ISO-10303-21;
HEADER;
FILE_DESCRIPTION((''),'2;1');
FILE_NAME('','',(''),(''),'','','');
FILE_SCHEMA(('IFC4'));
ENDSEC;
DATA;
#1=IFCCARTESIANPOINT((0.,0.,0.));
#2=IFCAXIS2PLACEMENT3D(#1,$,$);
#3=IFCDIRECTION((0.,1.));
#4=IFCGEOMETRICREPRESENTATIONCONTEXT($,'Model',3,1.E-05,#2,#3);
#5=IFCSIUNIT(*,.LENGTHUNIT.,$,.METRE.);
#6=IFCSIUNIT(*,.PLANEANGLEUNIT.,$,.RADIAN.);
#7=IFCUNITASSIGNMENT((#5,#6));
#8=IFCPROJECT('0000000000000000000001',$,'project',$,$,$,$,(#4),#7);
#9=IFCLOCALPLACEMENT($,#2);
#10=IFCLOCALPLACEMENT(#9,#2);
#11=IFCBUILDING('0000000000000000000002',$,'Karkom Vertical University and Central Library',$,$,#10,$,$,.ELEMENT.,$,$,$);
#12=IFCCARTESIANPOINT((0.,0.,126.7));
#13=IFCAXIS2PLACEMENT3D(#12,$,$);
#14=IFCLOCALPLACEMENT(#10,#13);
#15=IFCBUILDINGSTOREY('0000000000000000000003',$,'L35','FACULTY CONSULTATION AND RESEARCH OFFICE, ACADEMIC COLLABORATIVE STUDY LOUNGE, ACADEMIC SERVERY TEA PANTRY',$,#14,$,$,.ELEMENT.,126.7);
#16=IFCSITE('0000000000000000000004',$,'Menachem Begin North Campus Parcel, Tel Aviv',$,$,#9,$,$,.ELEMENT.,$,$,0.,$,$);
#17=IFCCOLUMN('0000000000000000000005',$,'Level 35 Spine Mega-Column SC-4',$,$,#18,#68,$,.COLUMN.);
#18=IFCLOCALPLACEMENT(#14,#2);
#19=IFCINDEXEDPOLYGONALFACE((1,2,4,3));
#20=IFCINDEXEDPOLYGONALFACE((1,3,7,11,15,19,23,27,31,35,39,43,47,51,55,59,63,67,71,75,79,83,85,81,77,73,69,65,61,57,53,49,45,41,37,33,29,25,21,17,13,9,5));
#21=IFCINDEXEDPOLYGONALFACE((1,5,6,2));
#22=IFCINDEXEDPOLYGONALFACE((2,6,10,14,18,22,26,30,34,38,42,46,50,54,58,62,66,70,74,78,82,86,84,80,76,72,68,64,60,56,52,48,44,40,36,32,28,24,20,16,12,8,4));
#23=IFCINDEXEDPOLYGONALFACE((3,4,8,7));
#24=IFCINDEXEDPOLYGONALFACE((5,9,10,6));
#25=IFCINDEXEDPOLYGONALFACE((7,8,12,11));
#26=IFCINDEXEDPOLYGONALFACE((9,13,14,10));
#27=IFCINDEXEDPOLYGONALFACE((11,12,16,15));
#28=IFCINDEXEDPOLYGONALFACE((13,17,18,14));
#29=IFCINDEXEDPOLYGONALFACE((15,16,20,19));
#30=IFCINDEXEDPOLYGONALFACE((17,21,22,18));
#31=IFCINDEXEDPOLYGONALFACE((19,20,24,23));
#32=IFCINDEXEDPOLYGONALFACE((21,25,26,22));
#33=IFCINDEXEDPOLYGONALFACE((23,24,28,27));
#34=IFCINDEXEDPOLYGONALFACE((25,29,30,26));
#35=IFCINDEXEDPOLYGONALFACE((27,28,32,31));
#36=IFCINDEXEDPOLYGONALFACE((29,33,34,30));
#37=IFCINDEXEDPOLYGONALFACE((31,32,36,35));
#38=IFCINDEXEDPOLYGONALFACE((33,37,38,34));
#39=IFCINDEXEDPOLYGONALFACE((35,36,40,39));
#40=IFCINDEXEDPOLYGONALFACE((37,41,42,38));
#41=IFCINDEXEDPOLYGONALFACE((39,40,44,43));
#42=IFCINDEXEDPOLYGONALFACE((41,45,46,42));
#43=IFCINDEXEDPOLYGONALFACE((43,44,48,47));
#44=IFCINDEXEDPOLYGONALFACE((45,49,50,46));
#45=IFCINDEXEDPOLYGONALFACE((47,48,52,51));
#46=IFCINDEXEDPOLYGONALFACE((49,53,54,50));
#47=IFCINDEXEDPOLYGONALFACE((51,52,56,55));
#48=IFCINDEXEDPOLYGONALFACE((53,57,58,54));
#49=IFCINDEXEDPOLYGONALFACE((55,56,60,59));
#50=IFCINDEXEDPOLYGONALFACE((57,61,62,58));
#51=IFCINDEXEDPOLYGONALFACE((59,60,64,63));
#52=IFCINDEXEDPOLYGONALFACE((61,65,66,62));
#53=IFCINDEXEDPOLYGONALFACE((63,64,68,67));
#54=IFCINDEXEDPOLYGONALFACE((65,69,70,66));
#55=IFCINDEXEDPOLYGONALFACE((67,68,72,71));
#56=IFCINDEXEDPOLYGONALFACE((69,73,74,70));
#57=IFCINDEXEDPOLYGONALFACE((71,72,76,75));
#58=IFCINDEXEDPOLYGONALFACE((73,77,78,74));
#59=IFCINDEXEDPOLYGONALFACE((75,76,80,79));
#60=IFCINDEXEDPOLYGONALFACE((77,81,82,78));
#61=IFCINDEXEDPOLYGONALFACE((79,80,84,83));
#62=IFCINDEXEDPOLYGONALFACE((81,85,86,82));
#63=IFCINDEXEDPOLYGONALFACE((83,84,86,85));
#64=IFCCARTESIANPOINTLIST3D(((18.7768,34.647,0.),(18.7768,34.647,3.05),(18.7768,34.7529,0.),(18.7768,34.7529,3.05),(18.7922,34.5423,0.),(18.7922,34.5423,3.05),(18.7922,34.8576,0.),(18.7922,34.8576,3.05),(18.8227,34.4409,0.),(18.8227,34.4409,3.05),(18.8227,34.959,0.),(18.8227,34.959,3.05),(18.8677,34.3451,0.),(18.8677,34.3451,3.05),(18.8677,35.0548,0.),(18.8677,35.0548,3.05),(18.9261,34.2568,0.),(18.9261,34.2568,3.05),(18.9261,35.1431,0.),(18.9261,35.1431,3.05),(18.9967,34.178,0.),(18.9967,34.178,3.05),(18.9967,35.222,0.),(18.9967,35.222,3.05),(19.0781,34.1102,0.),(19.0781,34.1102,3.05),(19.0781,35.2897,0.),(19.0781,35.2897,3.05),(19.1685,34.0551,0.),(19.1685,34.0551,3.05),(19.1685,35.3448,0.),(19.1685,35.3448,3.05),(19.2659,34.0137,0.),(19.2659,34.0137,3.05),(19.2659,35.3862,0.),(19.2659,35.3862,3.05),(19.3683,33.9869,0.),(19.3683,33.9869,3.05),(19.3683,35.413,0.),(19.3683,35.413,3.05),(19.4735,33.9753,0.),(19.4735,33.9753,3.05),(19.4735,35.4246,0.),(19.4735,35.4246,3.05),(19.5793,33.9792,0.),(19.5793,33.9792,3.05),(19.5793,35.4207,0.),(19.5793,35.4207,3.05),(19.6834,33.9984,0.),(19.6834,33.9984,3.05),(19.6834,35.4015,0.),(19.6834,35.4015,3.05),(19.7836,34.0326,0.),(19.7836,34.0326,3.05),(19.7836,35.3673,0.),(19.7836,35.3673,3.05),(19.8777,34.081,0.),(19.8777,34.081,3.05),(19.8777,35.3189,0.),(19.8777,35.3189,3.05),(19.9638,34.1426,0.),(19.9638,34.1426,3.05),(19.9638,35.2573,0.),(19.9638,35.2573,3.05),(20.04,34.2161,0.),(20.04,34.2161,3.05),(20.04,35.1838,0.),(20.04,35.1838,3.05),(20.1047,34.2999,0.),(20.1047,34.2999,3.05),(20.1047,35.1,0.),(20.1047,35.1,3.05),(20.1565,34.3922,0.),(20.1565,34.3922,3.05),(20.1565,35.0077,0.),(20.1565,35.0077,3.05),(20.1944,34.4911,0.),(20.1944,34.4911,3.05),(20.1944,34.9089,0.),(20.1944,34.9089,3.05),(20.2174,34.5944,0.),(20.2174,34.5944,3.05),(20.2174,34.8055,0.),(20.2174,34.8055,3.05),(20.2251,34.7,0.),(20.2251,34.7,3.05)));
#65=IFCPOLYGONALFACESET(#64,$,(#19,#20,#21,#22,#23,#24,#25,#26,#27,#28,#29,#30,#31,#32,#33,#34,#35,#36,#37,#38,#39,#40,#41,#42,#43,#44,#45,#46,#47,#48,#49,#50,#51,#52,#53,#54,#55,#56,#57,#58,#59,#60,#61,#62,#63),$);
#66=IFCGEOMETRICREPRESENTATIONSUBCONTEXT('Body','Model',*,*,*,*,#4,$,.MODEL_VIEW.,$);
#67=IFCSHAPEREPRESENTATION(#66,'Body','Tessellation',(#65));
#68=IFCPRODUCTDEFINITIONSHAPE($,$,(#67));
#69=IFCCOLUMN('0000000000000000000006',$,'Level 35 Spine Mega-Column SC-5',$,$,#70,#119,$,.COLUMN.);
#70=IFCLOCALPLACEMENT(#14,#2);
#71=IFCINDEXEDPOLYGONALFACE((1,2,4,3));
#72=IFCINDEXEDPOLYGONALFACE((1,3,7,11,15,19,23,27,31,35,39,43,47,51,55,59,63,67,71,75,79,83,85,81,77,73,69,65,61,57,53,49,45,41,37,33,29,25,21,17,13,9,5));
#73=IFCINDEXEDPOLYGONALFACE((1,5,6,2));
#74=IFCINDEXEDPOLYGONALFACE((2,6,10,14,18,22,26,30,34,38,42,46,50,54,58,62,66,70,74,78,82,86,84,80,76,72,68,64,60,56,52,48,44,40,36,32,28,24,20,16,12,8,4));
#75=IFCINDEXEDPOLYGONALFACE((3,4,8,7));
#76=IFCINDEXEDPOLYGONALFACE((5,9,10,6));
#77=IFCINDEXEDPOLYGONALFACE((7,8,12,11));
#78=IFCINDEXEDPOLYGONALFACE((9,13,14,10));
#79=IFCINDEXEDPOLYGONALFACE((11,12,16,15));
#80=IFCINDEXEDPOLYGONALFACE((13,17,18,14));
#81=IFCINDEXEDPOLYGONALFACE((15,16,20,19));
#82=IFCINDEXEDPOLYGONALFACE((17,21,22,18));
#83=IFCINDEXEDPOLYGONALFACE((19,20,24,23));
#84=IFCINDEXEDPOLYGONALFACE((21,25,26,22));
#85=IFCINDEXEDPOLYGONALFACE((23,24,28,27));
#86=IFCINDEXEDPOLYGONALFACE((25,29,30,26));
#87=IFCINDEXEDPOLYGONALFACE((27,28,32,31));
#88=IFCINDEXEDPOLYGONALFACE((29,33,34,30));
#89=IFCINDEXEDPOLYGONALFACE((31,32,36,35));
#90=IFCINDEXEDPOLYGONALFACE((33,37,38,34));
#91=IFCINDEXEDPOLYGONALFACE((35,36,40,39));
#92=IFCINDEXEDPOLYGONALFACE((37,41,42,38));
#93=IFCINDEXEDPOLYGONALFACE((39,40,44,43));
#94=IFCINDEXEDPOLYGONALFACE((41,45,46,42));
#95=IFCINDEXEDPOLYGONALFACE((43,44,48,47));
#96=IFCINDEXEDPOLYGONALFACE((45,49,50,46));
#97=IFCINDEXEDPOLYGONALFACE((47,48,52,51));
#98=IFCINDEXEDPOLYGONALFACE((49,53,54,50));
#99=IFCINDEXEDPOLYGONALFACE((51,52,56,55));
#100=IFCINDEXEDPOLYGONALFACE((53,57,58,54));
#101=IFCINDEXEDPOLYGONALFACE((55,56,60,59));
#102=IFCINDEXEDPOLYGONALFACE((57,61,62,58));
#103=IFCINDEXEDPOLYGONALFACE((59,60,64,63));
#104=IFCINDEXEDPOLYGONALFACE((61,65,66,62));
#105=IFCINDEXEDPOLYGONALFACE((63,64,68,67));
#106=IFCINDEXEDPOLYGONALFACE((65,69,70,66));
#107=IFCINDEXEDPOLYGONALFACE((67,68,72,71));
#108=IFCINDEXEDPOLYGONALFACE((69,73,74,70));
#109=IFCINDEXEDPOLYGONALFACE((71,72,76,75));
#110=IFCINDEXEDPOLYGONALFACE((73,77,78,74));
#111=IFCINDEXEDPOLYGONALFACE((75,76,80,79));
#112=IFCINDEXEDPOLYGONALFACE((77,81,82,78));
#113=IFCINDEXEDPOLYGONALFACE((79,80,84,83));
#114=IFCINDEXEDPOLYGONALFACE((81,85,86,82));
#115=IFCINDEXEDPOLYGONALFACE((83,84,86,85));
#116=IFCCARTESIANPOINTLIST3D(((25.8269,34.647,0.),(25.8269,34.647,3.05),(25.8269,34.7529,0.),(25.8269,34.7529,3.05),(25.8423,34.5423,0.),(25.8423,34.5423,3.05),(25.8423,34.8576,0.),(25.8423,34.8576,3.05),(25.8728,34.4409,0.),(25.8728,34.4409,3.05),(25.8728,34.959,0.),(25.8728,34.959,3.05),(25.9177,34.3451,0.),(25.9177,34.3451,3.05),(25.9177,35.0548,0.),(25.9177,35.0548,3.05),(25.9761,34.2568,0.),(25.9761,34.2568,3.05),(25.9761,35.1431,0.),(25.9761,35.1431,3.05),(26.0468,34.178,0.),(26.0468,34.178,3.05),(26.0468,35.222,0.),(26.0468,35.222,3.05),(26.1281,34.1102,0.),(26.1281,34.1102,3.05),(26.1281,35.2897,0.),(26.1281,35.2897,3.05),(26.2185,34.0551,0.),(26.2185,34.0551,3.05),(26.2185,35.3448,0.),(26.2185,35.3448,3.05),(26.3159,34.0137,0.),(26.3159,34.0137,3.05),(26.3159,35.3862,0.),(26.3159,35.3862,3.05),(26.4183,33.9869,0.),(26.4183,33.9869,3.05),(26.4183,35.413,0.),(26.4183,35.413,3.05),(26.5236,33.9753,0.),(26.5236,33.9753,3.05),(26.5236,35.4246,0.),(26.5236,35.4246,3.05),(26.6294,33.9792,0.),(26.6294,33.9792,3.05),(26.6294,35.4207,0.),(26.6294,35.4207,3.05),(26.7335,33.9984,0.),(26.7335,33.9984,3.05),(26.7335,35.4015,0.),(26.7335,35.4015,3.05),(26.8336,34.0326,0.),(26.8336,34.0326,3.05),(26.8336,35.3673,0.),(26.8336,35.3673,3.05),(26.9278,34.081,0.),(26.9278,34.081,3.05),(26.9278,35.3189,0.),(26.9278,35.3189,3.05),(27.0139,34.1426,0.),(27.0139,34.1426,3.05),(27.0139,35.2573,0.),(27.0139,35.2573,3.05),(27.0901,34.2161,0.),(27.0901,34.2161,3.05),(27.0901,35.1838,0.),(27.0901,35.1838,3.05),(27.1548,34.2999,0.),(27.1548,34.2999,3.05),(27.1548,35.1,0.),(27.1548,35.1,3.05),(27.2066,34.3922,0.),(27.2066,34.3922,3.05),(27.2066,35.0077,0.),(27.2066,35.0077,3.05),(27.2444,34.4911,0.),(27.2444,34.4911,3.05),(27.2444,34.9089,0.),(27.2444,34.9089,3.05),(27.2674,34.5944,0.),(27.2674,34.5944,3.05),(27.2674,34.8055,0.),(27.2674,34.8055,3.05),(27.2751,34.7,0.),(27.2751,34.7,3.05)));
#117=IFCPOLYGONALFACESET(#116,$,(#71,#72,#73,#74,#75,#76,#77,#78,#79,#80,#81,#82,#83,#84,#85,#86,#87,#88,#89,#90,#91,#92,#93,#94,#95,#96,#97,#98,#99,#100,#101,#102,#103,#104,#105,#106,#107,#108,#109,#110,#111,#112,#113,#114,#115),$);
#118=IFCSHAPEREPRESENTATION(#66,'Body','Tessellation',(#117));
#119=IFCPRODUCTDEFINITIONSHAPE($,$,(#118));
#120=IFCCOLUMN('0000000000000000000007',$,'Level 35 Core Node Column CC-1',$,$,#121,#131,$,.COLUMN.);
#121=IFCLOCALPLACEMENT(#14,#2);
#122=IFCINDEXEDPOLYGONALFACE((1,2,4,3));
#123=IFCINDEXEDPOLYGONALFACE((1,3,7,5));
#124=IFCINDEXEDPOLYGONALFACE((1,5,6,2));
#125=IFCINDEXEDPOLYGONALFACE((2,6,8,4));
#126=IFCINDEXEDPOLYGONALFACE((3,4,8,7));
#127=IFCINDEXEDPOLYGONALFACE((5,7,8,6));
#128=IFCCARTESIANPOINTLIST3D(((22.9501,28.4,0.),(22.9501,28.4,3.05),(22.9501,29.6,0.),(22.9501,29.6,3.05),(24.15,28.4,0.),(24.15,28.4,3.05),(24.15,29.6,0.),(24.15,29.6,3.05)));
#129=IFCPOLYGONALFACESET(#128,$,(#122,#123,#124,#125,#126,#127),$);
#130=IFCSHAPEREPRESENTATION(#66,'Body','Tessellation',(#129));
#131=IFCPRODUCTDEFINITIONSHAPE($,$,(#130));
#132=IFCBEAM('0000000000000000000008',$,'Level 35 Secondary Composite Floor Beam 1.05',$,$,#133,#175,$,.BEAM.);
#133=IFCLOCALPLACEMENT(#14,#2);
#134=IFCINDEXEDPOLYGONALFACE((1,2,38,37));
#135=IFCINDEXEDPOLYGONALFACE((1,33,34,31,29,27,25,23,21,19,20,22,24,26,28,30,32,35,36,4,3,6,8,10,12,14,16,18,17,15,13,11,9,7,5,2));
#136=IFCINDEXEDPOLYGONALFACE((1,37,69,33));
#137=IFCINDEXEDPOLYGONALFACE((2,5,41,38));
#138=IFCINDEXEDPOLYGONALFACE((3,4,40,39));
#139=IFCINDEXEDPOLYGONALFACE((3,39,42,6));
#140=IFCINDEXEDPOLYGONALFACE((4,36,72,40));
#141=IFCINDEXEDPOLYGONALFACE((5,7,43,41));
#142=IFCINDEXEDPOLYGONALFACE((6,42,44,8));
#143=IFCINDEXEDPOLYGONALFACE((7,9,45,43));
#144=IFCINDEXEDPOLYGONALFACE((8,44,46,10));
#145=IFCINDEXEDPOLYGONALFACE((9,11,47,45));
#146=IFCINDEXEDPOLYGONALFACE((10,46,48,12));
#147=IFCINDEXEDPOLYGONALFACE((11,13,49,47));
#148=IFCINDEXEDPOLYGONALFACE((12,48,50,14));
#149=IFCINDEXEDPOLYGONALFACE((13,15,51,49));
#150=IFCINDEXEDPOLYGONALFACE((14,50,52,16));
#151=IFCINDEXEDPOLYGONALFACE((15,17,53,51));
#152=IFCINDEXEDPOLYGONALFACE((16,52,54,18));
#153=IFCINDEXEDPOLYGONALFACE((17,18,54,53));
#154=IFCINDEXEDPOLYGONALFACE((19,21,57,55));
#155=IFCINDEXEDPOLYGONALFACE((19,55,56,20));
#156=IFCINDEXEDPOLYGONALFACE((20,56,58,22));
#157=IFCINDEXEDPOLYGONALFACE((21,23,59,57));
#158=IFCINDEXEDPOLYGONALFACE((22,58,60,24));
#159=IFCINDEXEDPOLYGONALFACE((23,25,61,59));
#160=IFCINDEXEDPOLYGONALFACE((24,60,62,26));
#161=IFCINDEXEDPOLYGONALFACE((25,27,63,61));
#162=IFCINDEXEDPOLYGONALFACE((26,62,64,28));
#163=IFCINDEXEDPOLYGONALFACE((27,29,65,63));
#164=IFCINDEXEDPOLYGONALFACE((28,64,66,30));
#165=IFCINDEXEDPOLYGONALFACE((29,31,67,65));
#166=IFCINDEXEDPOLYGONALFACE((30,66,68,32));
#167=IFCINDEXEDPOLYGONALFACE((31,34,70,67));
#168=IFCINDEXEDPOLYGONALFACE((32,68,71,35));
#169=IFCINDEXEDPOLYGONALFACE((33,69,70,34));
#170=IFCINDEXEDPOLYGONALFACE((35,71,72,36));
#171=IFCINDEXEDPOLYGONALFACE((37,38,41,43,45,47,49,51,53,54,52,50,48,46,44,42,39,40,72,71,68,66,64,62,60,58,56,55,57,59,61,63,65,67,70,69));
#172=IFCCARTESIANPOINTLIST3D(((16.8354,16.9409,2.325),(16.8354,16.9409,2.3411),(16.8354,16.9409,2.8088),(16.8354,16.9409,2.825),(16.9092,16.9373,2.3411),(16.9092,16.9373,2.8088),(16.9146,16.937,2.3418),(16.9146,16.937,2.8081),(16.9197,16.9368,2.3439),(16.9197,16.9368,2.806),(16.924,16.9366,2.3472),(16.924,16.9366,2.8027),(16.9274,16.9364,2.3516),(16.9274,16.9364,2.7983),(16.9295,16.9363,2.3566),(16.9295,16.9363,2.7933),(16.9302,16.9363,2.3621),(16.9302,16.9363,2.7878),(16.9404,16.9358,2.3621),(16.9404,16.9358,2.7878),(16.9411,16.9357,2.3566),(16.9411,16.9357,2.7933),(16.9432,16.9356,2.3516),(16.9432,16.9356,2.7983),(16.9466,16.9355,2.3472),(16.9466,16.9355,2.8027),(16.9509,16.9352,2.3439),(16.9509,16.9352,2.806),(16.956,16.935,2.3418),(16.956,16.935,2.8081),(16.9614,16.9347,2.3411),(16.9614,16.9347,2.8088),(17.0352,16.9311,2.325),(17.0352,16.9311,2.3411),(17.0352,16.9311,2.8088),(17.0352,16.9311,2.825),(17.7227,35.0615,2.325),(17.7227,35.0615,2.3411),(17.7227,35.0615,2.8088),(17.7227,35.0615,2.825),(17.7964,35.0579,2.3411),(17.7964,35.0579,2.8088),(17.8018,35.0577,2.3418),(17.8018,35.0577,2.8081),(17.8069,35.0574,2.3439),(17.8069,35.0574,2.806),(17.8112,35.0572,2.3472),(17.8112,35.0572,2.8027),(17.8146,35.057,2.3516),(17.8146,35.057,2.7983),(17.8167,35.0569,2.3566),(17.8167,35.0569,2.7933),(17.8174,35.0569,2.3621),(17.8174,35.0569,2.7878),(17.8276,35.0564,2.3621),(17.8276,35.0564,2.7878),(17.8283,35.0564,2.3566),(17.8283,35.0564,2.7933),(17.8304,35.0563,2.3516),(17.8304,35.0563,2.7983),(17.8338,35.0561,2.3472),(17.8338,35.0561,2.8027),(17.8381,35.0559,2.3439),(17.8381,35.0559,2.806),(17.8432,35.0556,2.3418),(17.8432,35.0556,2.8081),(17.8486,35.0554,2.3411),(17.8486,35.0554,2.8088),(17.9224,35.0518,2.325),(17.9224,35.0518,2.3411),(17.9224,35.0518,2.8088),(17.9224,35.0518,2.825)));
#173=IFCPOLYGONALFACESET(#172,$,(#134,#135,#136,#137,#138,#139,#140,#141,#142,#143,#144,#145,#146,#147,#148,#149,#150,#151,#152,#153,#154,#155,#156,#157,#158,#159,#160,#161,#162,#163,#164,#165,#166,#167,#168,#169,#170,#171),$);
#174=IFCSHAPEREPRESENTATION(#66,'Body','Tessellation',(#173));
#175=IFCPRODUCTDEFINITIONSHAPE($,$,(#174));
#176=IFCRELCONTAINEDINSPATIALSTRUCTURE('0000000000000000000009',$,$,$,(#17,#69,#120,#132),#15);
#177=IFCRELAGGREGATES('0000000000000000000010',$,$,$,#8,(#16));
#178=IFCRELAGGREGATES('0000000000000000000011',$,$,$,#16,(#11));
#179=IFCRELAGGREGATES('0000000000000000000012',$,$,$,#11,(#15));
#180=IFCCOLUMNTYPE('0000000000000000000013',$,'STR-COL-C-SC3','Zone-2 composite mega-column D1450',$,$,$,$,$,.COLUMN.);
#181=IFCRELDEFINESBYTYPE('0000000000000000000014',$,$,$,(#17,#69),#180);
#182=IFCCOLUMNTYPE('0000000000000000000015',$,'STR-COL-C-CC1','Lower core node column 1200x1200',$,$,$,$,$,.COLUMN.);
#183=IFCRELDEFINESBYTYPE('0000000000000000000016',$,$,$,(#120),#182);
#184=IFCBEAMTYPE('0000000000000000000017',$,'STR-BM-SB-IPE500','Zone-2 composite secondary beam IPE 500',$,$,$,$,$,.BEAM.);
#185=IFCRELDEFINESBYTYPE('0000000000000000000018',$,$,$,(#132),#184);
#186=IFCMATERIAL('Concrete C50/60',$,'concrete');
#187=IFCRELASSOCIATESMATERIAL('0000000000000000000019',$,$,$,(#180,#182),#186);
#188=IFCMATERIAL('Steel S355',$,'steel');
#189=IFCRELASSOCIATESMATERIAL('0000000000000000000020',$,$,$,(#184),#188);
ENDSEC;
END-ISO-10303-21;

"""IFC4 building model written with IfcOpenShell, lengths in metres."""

from ifc_helpers import new_model, si_unit, direction, frame, origin, origin_with_axes, origin_2d, place, context, subcontext, project, spatial, rectangle, circle, i_section, extrude, source, transform, mapped, material, material_profile, profile_set, type_object, element, save


model = new_model("IFC4")

# Units and contexts
model_context = context("Model", 3, precision=1e-05, world=origin(), true_north=direction((0.0, 1.0)))
body_context = subcontext(model_context, "Body", "Model", "MODEL_VIEW")
ifc_project = project(units=[si_unit("LENGTHUNIT", "METRE"), si_unit("PLANEANGLEUNIT", "RADIAN")], contexts=[model_context])

# Site, building, storey
site_placement = place(None, origin())
site = spatial("IfcSite", under=ifc_project, at=site_placement, Name="Menachem Begin North Campus Parcel, Tel Aviv", CompositionType="ELEMENT", RefElevation=0.0)
building_placement = place(site_placement, origin())
building = spatial("IfcBuilding", under=site, at=building_placement, Name="Karkom Vertical University and Central Library", CompositionType="ELEMENT")
storey_placement = place(building_placement, frame((0.0, 0.0, 126.7)))
storey = spatial("IfcBuildingStorey", under=building, at=storey_placement, Name="L35", Description="FACULTY CONSULTATION AND RESEARCH OFFICE, ACADEMIC COLLABORATIVE STUDY LOUNGE, ACADEMIC SERVERY TEA PANTRY", CompositionType="ELEMENT", Elevation=126.7)

# Columns
ifc_material_1 = material(Name="Concrete C50/60", Category="concrete")
ifc_material_profile_1 = material_profile(ifc_material_1, circle(Radius=0.7251, at=origin_2d()), Name="CFT-D1450")
ifc_profile_set_1 = profile_set([ifc_material_profile_1], Name="Concrete C50/60")
column_type_1 = type_object("IfcColumnType", Name="STR-COL-C-SC3", Description="Zone-2 composite mega-column D1450", PredefinedType="COLUMN", material=ifc_profile_set_1)
shared_shape_1 = source(origin_with_axes(), body_context, "Body", "SweptSolid", [
    extrude(circle(Radius=0.7251, at=origin_2d()), origin(), (0.0, 0.0, 1.0), 3.05),
])
for number, where, z_axis, x_axis, name in (
    (1, (19.5, 34.7, 0.0), (0.0, 0.0, 1.0), (1.0, 0.0, 0.0), "Level 35 Spine Mega-Column SC-4"),
    (2, (26.55, 34.7, 0.0), (0.0, 0.0, 1.0), (1.0, 0.0, 0.0), "Level 35 Spine Mega-Column SC-5"),
):
    element("IfcColumn", number, at=place(storey_placement, frame(where, z_axis=z_axis, x_axis=x_axis)), inside=storey, type_object=column_type_1, Name=name, PredefinedType="COLUMN", context=body_context, shape_type="MappedRepresentation", body=[
        mapped(shared_shape_1, transform((0.0, 0.0, 0.0), scale=1.0)),
    ])
ifc_material_profile_2 = material_profile(ifc_material_1, rectangle(XDim=1.2, YDim=1.2, at=origin_2d()), Name="RC-1200x1200")
ifc_profile_set_2 = profile_set([ifc_material_profile_2], Name="Concrete C50/60")
column_type_2 = type_object("IfcColumnType", Name="STR-COL-C-CC1", Description="Lower core node column 1200x1200", PredefinedType="COLUMN", material=ifc_profile_set_2)
shared_shape_2 = source(origin_with_axes(), body_context, "Body", "SweptSolid", [
    extrude(rectangle(XDim=1.2, YDim=1.2, at=origin_2d()), origin(), (0.0, 0.0, 1.0), 3.05),
])
column_placement = place(storey_placement, frame((23.55, 29.0, 0.0), z_axis=(0.0, 0.0, 1.0), x_axis=(1.0, 0.0, 0.0)))
element("IfcColumn", 3, at=column_placement, inside=storey, type_object=column_type_2, Name="Level 35 Core Node Column CC-1", PredefinedType="COLUMN", context=body_context, shape_type="MappedRepresentation", body=[
    mapped(shared_shape_2, transform((0.0, 0.0, 0.0), scale=1.0)),
])

# Beam
ifc_material_2 = material(Name="Steel S355", Category="steel")
ifc_material_profile_3 = material_profile(ifc_material_2, i_section(OverallWidth=0.2, OverallDepth=0.5, WebThickness=0.0103, FlangeThickness=0.0161, FilletRadius=0.021, at=origin_2d()), Name="IPE 500")
ifc_profile_set_3 = profile_set([ifc_material_profile_3], Name="Steel S355")
beam_type_1 = type_object("IfcBeamType", Name="STR-BM-SB-IPE500", Description="Zone-2 composite secondary beam IPE 500", PredefinedType="BEAM", material=ifc_profile_set_3)
shared_shape_3 = source(origin_with_axes(), body_context, "Body", "SweptSolid", [
    extrude(i_section(OverallWidth=0.2, OverallDepth=0.5, WebThickness=0.0103, FlangeThickness=0.0161, FilletRadius=0.021, at=origin_2d()), origin(), (0.0, 0.0, 1.0), 18.1423),
])
beam_1_placement = place(storey_placement, frame((17.8225, 35.0566, 2.575), z_axis=(-0.048903, -0.998804, 0.0), x_axis=(0.998804, -0.048903, 0.0)))
element("IfcBeam", 4, at=beam_1_placement, inside=storey, type_object=beam_type_1, Name="Level 35 Secondary Composite Floor Beam 1.05", PredefinedType="BEAM", context=body_context, shape_type="MappedRepresentation", body=[
    mapped(shared_shape_3, transform((0.0, 0.0, 0.0), scale=1.0)),
])

save(model, "model.ifc")
